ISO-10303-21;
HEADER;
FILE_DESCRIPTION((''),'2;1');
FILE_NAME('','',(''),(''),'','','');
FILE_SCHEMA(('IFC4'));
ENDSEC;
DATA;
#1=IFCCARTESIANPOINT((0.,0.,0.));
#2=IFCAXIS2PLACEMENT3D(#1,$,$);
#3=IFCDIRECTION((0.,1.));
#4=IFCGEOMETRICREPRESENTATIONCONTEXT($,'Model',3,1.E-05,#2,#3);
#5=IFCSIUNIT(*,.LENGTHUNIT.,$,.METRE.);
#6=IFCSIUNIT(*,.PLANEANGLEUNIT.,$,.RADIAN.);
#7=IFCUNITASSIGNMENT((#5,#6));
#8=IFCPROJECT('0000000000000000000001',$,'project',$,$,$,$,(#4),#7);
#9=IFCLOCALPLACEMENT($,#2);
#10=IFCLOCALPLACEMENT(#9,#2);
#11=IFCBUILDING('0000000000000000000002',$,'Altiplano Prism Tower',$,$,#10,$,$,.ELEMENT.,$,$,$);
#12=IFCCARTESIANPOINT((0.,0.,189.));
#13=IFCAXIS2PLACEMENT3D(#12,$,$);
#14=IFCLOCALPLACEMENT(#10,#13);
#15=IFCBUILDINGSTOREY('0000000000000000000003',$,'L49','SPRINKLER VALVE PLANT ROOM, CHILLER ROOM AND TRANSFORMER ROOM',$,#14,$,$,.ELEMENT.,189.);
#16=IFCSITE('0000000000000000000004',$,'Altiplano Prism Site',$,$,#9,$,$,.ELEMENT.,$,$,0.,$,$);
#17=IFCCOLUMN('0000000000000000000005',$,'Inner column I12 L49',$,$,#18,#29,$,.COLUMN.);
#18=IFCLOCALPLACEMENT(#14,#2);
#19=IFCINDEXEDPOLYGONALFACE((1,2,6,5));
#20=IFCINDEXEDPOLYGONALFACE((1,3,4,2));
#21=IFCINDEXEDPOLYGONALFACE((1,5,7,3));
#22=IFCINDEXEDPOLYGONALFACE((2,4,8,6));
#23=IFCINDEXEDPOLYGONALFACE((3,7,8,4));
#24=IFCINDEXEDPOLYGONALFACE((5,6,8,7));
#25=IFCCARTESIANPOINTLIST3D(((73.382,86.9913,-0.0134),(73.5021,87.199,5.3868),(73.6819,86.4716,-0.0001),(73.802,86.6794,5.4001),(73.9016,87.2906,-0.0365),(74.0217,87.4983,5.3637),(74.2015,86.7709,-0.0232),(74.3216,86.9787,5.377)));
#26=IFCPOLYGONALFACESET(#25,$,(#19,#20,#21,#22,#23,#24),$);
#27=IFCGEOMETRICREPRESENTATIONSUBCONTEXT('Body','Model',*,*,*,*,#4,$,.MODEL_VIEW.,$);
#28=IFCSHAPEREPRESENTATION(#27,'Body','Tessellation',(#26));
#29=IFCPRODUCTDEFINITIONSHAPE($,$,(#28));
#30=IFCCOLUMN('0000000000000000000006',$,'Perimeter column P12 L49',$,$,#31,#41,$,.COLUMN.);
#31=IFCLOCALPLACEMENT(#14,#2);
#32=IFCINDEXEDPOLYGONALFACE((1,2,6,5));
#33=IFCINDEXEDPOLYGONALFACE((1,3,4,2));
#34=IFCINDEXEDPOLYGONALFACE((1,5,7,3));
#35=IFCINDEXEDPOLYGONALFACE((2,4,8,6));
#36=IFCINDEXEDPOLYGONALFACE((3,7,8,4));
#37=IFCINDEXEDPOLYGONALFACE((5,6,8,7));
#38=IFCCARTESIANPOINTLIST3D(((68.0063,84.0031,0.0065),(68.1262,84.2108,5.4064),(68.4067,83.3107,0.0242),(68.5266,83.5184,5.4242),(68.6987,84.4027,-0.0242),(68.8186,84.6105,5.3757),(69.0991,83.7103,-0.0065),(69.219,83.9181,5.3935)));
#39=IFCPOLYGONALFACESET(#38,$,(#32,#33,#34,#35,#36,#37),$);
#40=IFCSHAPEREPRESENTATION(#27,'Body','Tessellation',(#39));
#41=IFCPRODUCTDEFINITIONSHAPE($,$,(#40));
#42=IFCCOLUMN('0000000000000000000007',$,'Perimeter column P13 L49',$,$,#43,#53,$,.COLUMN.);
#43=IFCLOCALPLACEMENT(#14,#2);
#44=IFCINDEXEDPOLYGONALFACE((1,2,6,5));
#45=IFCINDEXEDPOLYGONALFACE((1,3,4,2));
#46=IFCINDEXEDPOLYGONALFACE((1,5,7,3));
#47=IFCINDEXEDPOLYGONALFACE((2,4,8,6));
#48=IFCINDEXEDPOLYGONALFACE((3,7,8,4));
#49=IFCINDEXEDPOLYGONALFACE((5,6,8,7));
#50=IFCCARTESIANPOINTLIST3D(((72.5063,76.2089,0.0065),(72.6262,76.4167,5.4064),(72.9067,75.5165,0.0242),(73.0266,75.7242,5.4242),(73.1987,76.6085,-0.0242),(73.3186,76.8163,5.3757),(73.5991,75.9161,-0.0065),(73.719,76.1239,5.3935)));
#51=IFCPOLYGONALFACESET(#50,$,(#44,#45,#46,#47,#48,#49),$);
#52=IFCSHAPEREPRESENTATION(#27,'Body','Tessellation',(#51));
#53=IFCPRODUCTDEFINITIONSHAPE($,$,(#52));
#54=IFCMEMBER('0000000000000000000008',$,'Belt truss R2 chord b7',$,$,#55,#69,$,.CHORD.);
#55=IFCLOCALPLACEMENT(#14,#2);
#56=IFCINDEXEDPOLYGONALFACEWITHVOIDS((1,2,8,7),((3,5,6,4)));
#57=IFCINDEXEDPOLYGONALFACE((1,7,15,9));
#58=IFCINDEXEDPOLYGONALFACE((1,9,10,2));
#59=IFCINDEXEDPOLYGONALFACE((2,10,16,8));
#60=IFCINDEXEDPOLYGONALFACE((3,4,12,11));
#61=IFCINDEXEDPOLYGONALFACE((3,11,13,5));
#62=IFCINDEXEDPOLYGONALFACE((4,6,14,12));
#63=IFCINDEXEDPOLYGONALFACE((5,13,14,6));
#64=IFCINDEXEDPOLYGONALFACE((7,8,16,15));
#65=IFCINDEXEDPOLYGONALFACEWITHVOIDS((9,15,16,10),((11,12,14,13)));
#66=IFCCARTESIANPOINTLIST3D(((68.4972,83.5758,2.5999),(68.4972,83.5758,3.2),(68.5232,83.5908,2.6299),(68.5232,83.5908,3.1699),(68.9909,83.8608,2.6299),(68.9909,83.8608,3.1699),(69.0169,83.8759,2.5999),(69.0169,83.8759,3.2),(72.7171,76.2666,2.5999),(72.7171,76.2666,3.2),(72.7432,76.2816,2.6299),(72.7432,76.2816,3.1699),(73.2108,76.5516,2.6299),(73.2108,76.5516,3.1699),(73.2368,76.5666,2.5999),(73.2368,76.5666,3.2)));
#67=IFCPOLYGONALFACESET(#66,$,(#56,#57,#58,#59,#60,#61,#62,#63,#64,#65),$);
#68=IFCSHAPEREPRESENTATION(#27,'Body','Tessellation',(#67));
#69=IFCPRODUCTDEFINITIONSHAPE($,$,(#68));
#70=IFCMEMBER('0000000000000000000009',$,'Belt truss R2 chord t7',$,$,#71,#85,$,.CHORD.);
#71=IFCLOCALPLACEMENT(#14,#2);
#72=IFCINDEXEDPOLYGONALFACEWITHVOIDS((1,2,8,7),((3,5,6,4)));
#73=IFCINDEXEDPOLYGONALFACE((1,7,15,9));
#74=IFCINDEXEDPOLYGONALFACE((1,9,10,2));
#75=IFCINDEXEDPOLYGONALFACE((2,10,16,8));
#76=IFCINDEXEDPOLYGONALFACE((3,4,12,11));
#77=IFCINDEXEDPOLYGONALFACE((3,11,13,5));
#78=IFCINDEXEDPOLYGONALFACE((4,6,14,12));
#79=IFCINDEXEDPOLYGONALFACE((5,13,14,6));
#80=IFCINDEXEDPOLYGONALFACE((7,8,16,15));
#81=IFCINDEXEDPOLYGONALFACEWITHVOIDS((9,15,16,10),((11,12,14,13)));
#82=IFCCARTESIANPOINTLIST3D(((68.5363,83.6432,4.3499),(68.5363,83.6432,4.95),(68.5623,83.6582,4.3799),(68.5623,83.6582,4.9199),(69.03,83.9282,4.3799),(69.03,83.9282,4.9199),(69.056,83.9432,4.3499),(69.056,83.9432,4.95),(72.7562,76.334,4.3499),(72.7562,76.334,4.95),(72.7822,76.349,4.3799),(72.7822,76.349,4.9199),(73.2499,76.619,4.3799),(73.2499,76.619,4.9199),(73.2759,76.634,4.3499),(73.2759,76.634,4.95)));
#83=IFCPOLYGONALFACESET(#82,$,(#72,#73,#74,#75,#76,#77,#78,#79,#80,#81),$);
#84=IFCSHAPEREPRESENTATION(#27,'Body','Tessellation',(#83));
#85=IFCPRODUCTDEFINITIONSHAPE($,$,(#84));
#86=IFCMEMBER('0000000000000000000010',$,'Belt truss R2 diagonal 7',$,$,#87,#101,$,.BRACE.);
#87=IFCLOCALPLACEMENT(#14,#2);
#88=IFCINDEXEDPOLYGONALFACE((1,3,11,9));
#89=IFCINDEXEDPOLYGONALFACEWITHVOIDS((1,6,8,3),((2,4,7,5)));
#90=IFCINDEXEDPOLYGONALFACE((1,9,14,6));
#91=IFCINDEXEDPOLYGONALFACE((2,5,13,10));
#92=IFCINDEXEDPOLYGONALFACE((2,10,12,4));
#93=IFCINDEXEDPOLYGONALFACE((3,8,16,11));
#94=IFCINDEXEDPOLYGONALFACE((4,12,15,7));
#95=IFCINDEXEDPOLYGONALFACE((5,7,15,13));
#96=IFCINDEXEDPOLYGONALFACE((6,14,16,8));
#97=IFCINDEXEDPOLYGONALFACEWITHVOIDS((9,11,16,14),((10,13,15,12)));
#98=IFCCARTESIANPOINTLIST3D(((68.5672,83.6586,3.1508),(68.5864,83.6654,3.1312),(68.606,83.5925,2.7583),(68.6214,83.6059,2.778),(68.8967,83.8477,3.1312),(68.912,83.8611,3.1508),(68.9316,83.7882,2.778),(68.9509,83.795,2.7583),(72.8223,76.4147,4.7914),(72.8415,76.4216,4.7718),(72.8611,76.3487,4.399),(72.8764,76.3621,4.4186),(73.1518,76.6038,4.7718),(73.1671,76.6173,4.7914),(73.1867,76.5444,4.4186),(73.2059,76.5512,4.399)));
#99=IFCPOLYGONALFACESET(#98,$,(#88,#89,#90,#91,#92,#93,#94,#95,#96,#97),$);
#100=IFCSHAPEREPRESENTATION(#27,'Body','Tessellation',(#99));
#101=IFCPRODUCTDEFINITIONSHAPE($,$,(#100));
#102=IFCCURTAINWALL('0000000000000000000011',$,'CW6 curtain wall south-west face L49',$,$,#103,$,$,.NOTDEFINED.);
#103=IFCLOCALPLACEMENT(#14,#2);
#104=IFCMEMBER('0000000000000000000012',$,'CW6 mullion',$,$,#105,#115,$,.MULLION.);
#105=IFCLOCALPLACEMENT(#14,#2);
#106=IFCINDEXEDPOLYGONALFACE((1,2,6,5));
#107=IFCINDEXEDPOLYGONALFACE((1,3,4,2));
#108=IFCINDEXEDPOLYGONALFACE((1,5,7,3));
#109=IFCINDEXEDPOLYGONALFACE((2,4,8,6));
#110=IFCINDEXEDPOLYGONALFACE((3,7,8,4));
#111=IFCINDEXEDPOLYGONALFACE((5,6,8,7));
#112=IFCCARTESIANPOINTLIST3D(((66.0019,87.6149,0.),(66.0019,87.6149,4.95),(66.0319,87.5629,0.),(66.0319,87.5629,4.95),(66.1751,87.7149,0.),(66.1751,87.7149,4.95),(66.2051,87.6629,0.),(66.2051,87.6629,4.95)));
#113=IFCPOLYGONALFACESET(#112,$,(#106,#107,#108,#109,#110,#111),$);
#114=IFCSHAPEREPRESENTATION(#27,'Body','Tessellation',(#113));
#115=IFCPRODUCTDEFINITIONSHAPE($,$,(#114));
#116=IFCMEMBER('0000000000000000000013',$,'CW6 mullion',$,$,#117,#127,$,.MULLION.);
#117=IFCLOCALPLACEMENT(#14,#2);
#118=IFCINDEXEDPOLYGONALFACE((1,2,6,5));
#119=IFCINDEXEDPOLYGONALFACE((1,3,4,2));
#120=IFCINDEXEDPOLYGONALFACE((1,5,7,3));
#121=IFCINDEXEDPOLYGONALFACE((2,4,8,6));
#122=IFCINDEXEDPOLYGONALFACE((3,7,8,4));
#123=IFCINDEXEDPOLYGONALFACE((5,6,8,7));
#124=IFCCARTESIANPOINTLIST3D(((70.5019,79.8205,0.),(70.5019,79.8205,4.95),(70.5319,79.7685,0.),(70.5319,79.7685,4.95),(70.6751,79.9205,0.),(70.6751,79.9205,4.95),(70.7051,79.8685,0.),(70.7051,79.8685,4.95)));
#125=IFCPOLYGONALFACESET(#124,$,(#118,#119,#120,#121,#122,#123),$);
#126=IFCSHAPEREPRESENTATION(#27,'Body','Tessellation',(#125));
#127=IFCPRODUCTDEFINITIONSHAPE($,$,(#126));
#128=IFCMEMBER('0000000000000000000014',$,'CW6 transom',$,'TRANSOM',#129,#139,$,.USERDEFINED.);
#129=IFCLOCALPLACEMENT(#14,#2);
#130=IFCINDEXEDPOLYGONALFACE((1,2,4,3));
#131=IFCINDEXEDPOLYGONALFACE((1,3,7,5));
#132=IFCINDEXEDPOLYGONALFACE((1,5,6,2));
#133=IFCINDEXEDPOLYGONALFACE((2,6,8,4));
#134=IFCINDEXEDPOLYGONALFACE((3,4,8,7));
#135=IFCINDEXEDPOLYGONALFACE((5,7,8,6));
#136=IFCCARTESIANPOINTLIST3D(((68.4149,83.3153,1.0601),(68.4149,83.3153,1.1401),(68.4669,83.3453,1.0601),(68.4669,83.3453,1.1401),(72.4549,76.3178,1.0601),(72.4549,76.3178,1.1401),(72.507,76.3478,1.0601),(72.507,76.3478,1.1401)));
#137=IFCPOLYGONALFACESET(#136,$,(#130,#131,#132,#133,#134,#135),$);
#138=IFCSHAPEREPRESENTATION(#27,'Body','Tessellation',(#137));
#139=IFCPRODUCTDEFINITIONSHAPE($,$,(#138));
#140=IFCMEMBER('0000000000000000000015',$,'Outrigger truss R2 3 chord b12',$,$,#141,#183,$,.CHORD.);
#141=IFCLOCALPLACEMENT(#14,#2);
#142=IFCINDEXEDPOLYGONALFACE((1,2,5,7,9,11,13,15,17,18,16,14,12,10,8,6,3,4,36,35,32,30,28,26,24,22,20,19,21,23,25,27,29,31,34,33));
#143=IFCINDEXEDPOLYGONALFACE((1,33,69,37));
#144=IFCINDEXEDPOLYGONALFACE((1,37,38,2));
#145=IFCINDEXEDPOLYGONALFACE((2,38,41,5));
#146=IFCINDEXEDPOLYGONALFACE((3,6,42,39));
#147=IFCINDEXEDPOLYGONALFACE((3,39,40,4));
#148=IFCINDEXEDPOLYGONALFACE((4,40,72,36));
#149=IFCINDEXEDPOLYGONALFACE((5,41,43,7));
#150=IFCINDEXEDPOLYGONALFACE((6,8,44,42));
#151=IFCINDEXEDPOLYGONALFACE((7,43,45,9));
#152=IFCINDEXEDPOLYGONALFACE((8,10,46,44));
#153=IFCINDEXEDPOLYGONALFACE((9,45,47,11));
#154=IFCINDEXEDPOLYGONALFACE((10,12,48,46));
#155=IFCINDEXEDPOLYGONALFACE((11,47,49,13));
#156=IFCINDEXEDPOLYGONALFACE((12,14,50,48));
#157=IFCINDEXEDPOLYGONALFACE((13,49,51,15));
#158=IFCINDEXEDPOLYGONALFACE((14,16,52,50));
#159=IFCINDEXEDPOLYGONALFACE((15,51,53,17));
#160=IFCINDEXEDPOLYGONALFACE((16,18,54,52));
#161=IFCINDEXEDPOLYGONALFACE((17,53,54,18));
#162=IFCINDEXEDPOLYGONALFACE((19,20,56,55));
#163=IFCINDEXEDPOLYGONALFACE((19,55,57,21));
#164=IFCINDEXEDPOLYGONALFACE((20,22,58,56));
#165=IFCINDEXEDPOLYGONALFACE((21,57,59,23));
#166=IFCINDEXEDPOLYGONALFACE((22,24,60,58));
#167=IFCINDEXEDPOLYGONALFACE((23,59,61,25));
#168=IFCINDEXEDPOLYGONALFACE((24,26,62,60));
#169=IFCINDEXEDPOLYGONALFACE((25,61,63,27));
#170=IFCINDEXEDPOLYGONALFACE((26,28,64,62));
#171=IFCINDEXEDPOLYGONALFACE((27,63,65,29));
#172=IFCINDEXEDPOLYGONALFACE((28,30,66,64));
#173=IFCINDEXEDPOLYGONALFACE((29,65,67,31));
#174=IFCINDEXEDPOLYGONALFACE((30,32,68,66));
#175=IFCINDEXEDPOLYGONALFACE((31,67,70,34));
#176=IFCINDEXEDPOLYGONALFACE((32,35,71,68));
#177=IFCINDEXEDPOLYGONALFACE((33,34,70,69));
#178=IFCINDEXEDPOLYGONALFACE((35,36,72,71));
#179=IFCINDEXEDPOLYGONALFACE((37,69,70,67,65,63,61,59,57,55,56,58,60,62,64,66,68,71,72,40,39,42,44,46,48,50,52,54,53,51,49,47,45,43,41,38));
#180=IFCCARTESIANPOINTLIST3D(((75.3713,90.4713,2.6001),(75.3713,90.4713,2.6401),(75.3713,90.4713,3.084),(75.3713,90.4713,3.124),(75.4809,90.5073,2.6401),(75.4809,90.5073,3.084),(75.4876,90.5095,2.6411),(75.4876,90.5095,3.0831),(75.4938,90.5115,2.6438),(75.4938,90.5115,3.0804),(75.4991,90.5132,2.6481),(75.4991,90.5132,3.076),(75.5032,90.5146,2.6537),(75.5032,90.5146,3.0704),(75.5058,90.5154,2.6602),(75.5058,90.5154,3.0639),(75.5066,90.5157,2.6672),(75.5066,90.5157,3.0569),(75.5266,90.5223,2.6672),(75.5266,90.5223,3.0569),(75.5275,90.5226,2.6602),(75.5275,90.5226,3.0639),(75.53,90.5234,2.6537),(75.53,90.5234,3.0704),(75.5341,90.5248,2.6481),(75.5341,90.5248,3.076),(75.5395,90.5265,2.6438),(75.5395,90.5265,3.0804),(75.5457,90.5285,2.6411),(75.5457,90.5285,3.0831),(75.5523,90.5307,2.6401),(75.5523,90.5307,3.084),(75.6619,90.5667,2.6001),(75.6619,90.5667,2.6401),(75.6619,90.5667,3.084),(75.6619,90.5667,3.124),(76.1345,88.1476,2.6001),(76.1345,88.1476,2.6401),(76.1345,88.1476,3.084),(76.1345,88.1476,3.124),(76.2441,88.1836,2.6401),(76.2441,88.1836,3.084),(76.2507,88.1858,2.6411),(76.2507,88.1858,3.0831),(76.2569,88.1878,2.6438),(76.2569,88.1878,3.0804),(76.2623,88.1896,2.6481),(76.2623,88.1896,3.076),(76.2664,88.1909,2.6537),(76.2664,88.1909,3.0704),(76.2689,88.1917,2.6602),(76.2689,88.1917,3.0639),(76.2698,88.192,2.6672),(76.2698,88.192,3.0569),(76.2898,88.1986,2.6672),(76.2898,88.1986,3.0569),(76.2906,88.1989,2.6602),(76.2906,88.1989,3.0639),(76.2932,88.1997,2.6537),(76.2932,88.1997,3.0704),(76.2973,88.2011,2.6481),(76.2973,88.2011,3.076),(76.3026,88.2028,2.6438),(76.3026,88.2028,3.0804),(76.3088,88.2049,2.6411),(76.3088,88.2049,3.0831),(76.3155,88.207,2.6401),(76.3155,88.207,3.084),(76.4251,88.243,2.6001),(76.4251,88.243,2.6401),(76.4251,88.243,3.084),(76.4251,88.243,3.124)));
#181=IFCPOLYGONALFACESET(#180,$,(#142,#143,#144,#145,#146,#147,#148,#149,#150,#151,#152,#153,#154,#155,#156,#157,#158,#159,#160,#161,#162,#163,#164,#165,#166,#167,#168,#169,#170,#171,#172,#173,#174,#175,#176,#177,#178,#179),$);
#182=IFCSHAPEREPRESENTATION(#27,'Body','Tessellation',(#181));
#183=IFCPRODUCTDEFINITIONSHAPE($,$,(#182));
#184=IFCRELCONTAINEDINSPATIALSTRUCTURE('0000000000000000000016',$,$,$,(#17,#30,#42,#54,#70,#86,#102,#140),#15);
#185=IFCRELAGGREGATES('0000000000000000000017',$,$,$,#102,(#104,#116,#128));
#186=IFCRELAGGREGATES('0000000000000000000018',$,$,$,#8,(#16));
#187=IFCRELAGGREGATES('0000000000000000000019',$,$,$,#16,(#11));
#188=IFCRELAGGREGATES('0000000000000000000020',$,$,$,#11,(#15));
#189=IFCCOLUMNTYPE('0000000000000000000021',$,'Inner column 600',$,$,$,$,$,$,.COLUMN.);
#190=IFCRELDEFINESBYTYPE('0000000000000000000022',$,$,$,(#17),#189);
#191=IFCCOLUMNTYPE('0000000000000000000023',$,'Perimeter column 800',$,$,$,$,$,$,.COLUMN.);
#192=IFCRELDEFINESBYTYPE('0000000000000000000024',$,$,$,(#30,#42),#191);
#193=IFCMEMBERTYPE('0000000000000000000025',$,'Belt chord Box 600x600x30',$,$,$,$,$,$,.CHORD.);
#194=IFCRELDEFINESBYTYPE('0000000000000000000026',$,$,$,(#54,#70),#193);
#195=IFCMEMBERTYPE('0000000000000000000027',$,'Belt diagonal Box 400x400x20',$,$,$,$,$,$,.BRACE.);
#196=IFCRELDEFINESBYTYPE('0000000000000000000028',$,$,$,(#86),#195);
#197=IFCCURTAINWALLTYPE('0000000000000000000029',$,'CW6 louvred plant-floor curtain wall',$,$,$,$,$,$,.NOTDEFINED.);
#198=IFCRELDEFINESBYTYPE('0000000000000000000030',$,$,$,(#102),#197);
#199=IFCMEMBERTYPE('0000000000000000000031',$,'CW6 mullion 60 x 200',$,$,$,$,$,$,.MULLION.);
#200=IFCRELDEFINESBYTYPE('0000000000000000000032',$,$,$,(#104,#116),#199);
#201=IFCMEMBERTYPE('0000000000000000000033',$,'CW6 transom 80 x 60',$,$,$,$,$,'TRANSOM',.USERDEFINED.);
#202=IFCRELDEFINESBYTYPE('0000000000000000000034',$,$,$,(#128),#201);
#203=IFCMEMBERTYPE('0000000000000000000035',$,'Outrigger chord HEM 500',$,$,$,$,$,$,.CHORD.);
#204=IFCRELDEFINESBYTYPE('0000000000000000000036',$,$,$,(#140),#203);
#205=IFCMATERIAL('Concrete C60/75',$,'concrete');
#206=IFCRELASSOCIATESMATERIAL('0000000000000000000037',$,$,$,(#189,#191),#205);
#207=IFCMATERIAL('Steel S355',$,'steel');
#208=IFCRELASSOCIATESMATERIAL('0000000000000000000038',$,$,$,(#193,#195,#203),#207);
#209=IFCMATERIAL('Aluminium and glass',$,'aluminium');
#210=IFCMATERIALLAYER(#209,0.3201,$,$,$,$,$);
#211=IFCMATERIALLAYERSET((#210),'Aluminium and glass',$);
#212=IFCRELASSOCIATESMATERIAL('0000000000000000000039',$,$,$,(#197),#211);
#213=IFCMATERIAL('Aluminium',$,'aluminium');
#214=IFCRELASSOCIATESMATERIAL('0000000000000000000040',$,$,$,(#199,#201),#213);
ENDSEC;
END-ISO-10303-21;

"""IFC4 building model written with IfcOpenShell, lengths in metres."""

from ifc_helpers import new_model, si_unit, direction, frame, origin, origin_2d, place, context, subcontext, project, spatial, rectangle, hollow_rectangle, i_section, extrude, material, layer, layer_set, material_profile, profile_set, type_object, element, aggregate, save


model = new_model("IFC4")

# Units and contexts
model_context = context("Model", 3, precision=1e-05, world=origin(), true_north=direction((0.0, 1.0)))
body_context = subcontext(model_context, "Body", "Model", "MODEL_VIEW")
ifc_project = project(units=[si_unit("LENGTHUNIT", "METRE"), si_unit("PLANEANGLEUNIT", "RADIAN")], contexts=[model_context])

# Site, building, storey
site_placement = place(None, origin())
site = spatial("IfcSite", under=ifc_project, at=site_placement, Name="Altiplano Prism Site", CompositionType="ELEMENT", RefElevation=0.0)
building_placement = place(site_placement, origin())
building = spatial("IfcBuilding", under=site, at=building_placement, Name="Altiplano Prism Tower", CompositionType="ELEMENT")
storey_placement = place(building_placement, frame((0.0, 0.0, 189.0)))
storey = spatial("IfcBuildingStorey", under=building, at=storey_placement, Name="L49", Description="SPRINKLER VALVE PLANT ROOM, CHILLER ROOM AND TRANSFORMER ROOM", CompositionType="ELEMENT", Elevation=189.0)

# Columns
ifc_material_1 = material(Name="Concrete C60/75", Category="concrete")
ifc_material_profile_1 = material_profile(ifc_material_1, rectangle(XDim=0.6001, YDim=0.6001, at=origin_2d()), Name="Inner column 600")
ifc_profile_set_1 = profile_set([ifc_material_profile_1], Name="Concrete C60/75")
column_type_1 = type_object("IfcColumnType", Name="Inner column 600", PredefinedType="COLUMN", material=ifc_profile_set_1)
column_placement = place(storey_placement, frame((73.7917, 86.8811, -0.0183), z_axis=(0.022221, 0.038436, 0.999014), x_axis=(-0.865894, -0.498748, 0.038449)))
element("IfcColumn", 1, at=column_placement, inside=storey, type_object=column_type_1, Name="Inner column I12 L49", PredefinedType="COLUMN", context=body_context, shape_type="SweptSolid", body=[
    extrude(rectangle(XDim=0.6001, YDim=0.6001, at=origin_2d()), origin(), (0.0, 0.0, 1.0), 5.4055),
])
ifc_material_profile_2 = material_profile(ifc_material_1, rectangle(XDim=0.8, YDim=0.8, at=origin_2d()), Name="Perimeter column 800")
ifc_profile_set_2 = profile_set([ifc_material_profile_2], Name="Concrete C60/75")
column_type_2 = type_object("IfcColumnType", Name="Perimeter column 800", PredefinedType="COLUMN", material=ifc_profile_set_2)
for number, where, z_axis, x_axis, name in (
    (2, (68.5527, 83.8567, 0.0), (0.022177, 0.038438, 0.999015), (-0.865455, -0.499511, 0.038431), "Perimeter column P12 L49"),
    (3, (73.0527, 76.0625, 0.0), (0.022177, 0.038438, 0.999015), (-0.865456, -0.499508, 0.038431), "Perimeter column P13 L49"),
):
    element("IfcColumn", number, at=place(storey_placement, frame(where, z_axis=z_axis, x_axis=x_axis)), inside=storey, type_object=column_type_2, Name=name, PredefinedType="COLUMN", context=body_context, shape_type="SweptSolid", body=[
        extrude(rectangle(XDim=0.8, YDim=0.8, at=origin_2d()), origin(), (0.0, 0.0, 1.0), 5.4053),
    ])

# Members
ifc_material_2 = material(Name="Steel S355", Category="steel")
ifc_material_profile_3 = material_profile(ifc_material_2, hollow_rectangle(XDim=0.6001, YDim=0.6001, WallThickness=0.03, at=origin_2d()), Name="Belt chord Box 600x600x30")
ifc_profile_set_3 = profile_set([ifc_material_profile_3], Name="Steel S355")
member_type_1 = type_object("IfcMemberType", Name="Belt chord Box 600x600x30", PredefinedType="CHORD", material=ifc_profile_set_3)
for number, where, z_axis, x_axis, name in (
    (4, (68.7571, 83.7258, 2.8999), (0.499994, -0.866029, 0.0), (0.866029, 0.499994, 0.0), "Belt truss R2 chord b7"),
    (5, (68.7961, 83.7932, 4.6499), (0.499994, -0.866029, 0.0), (0.866029, 0.499994, 0.0), "Belt truss R2 chord t7"),
):
    element("IfcMember", number, at=place(storey_placement, frame(where, z_axis=z_axis, x_axis=x_axis)), inside=storey, type_object=member_type_1, Name=name, PredefinedType="CHORD", context=body_context, shape_type="SweptSolid", body=[
        extrude(hollow_rectangle(XDim=0.6001, YDim=0.6001, WallThickness=0.03, at=origin_2d()), origin(), (0.0, 0.0, 1.0), 8.4399),
    ])
ifc_material_profile_4 = material_profile(ifc_material_2, hollow_rectangle(XDim=0.3999, YDim=0.3999, WallThickness=0.02, at=origin_2d()), Name="Belt diagonal Box 400x400x20")
ifc_profile_set_4 = profile_set([ifc_material_profile_4], Name="Steel S355")
member_type_2 = type_object("IfcMemberType", Name="Belt diagonal Box 400x400x20", PredefinedType="BRACE", material=ifc_profile_set_4)
member_1_placement = place(storey_placement, frame((68.759, 83.7268, 2.9546), z_axis=(0.4971, -0.84626, 0.191664), x_axis=(0.862246, 0.50649, 0.0)))
element("IfcMember", 6, at=member_1_placement, inside=storey, type_object=member_type_2, Name="Belt truss R2 diagonal 7", PredefinedType="BRACE", context=body_context, shape_type="SweptSolid", body=[
    extrude(hollow_rectangle(XDim=0.3999, YDim=0.3999, WallThickness=0.02, at=origin_2d()), origin(), (0.0, 0.0, 1.0), 8.5598),
])

# Curtain wall, members
ifc_material_3 = material(Name="Aluminium and glass", Category="aluminium")
ifc_layer_1 = layer(ifc_material_3, 0.3201)
ifc_layer_set_1 = layer_set([ifc_layer_1], Name="Aluminium and glass")
curtain_wall_type = type_object("IfcCurtainWallType", Name="CW6 louvred plant-floor curtain wall", PredefinedType="NOTDEFINED", material=ifc_layer_set_1)
curtain_wall_placement = place(storey_placement, origin())
curtain_wall = element("IfcCurtainWall", 7, at=curtain_wall_placement, inside=storey, type_object=curtain_wall_type, Name="CW6 curtain wall south-west face L49", PredefinedType="NOTDEFINED")
ifc_material_4 = material(Name="Aluminium", Category="aluminium")
ifc_material_profile_5 = material_profile(ifc_material_4, rectangle(XDim=0.2, YDim=0.0601, at=origin_2d()), Name="CW6 mullion 60 x 200")
ifc_profile_set_5 = profile_set([ifc_material_profile_5], Name="Aluminium")
member_type_3 = type_object("IfcMemberType", Name="CW6 mullion 60 x 200", PredefinedType="MULLION", material=ifc_profile_set_5)
member_2_placement = place(storey_placement, frame((66.1035, 87.6389, 0.0), z_axis=(0.0, 0.0, 1.0), x_axis=(0.866025, 0.5, 0.0)))
member_2 = element("IfcMember", 8, at=member_2_placement, type_object=member_type_3, Name="CW6 mullion", PredefinedType="MULLION", context=body_context, shape_type="SweptSolid", body=[
    extrude(rectangle(XDim=0.2, YDim=0.0601, at=origin_2d()), origin(), (0.0, 0.0, 1.0), 4.95),
])
member_3_placement = place(storey_placement, frame((70.6035, 79.8445, 0.0), z_axis=(0.0, 0.0, 1.0), x_axis=(0.866025, 0.5, 0.0)))
member_3 = element("IfcMember", 9, at=member_3_placement, type_object=member_type_3, Name="CW6 mullion", PredefinedType="MULLION", context=body_context, shape_type="SweptSolid", body=[
    extrude(rectangle(XDim=0.2, YDim=0.0601, at=origin_2d()), origin(), (0.0, 0.0, 1.0), 4.95),
])
ifc_material_profile_6 = material_profile(ifc_material_4, rectangle(XDim=0.0601, YDim=0.0801, at=origin_2d()), Name="CW6 transom 80 x 60")
ifc_profile_set_6 = profile_set([ifc_material_profile_6], Name="Aluminium")
member_type_4 = type_object("IfcMemberType", Name="CW6 transom 80 x 60", ElementType="TRANSOM", PredefinedType="USERDEFINED", material=ifc_profile_set_6)
member_4_placement = place(storey_placement, frame((68.4409, 83.3303, 1.1001), z_axis=(0.5, -0.866026, 0.0), x_axis=(0.866026, 0.5, 0.0)))
member_4 = element("IfcMember", 10, at=member_4_placement, type_object=member_type_4, Name="CW6 transom", ObjectType="TRANSOM", PredefinedType="USERDEFINED", context=body_context, shape_type="SweptSolid", body=[
    extrude(rectangle(XDim=0.0601, YDim=0.0801, at=origin_2d()), origin(), (0.0, 0.0, 1.0), 8.0801),
])

# Member
ifc_material_profile_7 = material_profile(ifc_material_2, i_section(OverallWidth=0.3059, OverallDepth=0.5239, WebThickness=0.021, FlangeThickness=0.04, FilletRadius=0.0271, at=origin_2d()), Name="Outrigger chord HEM 500")
ifc_profile_set_7 = profile_set([ifc_material_profile_7], Name="Steel S355")
member_type_5 = type_object("IfcMemberType", Name="Outrigger chord HEM 500", PredefinedType="CHORD", material=ifc_profile_set_7)
for number, where, z_axis, x_axis, name in (
    (11, (76.2798, 88.1953, 2.8621), (-0.312032, 0.950071, 0.0), (-0.950071, -0.312032, 0.0), "Outrigger truss R2 3 chord b12"),
):
    element("IfcMember", number, at=place(storey_placement, frame(where, z_axis=z_axis, x_axis=x_axis)), inside=storey, type_object=member_type_5, Name=name, PredefinedType="CHORD", context=body_context, shape_type="SweptSolid", body=[
        extrude(i_section(OverallWidth=0.3059, OverallDepth=0.5239, WebThickness=0.021, FlangeThickness=0.04, FilletRadius=0.0271, at=origin_2d()), origin(), (0.0, 0.0, 1.0), 2.4458),
    ])

aggregate(curtain_wall, [member_2, member_3, member_4])

save(model, "model.ifc")
